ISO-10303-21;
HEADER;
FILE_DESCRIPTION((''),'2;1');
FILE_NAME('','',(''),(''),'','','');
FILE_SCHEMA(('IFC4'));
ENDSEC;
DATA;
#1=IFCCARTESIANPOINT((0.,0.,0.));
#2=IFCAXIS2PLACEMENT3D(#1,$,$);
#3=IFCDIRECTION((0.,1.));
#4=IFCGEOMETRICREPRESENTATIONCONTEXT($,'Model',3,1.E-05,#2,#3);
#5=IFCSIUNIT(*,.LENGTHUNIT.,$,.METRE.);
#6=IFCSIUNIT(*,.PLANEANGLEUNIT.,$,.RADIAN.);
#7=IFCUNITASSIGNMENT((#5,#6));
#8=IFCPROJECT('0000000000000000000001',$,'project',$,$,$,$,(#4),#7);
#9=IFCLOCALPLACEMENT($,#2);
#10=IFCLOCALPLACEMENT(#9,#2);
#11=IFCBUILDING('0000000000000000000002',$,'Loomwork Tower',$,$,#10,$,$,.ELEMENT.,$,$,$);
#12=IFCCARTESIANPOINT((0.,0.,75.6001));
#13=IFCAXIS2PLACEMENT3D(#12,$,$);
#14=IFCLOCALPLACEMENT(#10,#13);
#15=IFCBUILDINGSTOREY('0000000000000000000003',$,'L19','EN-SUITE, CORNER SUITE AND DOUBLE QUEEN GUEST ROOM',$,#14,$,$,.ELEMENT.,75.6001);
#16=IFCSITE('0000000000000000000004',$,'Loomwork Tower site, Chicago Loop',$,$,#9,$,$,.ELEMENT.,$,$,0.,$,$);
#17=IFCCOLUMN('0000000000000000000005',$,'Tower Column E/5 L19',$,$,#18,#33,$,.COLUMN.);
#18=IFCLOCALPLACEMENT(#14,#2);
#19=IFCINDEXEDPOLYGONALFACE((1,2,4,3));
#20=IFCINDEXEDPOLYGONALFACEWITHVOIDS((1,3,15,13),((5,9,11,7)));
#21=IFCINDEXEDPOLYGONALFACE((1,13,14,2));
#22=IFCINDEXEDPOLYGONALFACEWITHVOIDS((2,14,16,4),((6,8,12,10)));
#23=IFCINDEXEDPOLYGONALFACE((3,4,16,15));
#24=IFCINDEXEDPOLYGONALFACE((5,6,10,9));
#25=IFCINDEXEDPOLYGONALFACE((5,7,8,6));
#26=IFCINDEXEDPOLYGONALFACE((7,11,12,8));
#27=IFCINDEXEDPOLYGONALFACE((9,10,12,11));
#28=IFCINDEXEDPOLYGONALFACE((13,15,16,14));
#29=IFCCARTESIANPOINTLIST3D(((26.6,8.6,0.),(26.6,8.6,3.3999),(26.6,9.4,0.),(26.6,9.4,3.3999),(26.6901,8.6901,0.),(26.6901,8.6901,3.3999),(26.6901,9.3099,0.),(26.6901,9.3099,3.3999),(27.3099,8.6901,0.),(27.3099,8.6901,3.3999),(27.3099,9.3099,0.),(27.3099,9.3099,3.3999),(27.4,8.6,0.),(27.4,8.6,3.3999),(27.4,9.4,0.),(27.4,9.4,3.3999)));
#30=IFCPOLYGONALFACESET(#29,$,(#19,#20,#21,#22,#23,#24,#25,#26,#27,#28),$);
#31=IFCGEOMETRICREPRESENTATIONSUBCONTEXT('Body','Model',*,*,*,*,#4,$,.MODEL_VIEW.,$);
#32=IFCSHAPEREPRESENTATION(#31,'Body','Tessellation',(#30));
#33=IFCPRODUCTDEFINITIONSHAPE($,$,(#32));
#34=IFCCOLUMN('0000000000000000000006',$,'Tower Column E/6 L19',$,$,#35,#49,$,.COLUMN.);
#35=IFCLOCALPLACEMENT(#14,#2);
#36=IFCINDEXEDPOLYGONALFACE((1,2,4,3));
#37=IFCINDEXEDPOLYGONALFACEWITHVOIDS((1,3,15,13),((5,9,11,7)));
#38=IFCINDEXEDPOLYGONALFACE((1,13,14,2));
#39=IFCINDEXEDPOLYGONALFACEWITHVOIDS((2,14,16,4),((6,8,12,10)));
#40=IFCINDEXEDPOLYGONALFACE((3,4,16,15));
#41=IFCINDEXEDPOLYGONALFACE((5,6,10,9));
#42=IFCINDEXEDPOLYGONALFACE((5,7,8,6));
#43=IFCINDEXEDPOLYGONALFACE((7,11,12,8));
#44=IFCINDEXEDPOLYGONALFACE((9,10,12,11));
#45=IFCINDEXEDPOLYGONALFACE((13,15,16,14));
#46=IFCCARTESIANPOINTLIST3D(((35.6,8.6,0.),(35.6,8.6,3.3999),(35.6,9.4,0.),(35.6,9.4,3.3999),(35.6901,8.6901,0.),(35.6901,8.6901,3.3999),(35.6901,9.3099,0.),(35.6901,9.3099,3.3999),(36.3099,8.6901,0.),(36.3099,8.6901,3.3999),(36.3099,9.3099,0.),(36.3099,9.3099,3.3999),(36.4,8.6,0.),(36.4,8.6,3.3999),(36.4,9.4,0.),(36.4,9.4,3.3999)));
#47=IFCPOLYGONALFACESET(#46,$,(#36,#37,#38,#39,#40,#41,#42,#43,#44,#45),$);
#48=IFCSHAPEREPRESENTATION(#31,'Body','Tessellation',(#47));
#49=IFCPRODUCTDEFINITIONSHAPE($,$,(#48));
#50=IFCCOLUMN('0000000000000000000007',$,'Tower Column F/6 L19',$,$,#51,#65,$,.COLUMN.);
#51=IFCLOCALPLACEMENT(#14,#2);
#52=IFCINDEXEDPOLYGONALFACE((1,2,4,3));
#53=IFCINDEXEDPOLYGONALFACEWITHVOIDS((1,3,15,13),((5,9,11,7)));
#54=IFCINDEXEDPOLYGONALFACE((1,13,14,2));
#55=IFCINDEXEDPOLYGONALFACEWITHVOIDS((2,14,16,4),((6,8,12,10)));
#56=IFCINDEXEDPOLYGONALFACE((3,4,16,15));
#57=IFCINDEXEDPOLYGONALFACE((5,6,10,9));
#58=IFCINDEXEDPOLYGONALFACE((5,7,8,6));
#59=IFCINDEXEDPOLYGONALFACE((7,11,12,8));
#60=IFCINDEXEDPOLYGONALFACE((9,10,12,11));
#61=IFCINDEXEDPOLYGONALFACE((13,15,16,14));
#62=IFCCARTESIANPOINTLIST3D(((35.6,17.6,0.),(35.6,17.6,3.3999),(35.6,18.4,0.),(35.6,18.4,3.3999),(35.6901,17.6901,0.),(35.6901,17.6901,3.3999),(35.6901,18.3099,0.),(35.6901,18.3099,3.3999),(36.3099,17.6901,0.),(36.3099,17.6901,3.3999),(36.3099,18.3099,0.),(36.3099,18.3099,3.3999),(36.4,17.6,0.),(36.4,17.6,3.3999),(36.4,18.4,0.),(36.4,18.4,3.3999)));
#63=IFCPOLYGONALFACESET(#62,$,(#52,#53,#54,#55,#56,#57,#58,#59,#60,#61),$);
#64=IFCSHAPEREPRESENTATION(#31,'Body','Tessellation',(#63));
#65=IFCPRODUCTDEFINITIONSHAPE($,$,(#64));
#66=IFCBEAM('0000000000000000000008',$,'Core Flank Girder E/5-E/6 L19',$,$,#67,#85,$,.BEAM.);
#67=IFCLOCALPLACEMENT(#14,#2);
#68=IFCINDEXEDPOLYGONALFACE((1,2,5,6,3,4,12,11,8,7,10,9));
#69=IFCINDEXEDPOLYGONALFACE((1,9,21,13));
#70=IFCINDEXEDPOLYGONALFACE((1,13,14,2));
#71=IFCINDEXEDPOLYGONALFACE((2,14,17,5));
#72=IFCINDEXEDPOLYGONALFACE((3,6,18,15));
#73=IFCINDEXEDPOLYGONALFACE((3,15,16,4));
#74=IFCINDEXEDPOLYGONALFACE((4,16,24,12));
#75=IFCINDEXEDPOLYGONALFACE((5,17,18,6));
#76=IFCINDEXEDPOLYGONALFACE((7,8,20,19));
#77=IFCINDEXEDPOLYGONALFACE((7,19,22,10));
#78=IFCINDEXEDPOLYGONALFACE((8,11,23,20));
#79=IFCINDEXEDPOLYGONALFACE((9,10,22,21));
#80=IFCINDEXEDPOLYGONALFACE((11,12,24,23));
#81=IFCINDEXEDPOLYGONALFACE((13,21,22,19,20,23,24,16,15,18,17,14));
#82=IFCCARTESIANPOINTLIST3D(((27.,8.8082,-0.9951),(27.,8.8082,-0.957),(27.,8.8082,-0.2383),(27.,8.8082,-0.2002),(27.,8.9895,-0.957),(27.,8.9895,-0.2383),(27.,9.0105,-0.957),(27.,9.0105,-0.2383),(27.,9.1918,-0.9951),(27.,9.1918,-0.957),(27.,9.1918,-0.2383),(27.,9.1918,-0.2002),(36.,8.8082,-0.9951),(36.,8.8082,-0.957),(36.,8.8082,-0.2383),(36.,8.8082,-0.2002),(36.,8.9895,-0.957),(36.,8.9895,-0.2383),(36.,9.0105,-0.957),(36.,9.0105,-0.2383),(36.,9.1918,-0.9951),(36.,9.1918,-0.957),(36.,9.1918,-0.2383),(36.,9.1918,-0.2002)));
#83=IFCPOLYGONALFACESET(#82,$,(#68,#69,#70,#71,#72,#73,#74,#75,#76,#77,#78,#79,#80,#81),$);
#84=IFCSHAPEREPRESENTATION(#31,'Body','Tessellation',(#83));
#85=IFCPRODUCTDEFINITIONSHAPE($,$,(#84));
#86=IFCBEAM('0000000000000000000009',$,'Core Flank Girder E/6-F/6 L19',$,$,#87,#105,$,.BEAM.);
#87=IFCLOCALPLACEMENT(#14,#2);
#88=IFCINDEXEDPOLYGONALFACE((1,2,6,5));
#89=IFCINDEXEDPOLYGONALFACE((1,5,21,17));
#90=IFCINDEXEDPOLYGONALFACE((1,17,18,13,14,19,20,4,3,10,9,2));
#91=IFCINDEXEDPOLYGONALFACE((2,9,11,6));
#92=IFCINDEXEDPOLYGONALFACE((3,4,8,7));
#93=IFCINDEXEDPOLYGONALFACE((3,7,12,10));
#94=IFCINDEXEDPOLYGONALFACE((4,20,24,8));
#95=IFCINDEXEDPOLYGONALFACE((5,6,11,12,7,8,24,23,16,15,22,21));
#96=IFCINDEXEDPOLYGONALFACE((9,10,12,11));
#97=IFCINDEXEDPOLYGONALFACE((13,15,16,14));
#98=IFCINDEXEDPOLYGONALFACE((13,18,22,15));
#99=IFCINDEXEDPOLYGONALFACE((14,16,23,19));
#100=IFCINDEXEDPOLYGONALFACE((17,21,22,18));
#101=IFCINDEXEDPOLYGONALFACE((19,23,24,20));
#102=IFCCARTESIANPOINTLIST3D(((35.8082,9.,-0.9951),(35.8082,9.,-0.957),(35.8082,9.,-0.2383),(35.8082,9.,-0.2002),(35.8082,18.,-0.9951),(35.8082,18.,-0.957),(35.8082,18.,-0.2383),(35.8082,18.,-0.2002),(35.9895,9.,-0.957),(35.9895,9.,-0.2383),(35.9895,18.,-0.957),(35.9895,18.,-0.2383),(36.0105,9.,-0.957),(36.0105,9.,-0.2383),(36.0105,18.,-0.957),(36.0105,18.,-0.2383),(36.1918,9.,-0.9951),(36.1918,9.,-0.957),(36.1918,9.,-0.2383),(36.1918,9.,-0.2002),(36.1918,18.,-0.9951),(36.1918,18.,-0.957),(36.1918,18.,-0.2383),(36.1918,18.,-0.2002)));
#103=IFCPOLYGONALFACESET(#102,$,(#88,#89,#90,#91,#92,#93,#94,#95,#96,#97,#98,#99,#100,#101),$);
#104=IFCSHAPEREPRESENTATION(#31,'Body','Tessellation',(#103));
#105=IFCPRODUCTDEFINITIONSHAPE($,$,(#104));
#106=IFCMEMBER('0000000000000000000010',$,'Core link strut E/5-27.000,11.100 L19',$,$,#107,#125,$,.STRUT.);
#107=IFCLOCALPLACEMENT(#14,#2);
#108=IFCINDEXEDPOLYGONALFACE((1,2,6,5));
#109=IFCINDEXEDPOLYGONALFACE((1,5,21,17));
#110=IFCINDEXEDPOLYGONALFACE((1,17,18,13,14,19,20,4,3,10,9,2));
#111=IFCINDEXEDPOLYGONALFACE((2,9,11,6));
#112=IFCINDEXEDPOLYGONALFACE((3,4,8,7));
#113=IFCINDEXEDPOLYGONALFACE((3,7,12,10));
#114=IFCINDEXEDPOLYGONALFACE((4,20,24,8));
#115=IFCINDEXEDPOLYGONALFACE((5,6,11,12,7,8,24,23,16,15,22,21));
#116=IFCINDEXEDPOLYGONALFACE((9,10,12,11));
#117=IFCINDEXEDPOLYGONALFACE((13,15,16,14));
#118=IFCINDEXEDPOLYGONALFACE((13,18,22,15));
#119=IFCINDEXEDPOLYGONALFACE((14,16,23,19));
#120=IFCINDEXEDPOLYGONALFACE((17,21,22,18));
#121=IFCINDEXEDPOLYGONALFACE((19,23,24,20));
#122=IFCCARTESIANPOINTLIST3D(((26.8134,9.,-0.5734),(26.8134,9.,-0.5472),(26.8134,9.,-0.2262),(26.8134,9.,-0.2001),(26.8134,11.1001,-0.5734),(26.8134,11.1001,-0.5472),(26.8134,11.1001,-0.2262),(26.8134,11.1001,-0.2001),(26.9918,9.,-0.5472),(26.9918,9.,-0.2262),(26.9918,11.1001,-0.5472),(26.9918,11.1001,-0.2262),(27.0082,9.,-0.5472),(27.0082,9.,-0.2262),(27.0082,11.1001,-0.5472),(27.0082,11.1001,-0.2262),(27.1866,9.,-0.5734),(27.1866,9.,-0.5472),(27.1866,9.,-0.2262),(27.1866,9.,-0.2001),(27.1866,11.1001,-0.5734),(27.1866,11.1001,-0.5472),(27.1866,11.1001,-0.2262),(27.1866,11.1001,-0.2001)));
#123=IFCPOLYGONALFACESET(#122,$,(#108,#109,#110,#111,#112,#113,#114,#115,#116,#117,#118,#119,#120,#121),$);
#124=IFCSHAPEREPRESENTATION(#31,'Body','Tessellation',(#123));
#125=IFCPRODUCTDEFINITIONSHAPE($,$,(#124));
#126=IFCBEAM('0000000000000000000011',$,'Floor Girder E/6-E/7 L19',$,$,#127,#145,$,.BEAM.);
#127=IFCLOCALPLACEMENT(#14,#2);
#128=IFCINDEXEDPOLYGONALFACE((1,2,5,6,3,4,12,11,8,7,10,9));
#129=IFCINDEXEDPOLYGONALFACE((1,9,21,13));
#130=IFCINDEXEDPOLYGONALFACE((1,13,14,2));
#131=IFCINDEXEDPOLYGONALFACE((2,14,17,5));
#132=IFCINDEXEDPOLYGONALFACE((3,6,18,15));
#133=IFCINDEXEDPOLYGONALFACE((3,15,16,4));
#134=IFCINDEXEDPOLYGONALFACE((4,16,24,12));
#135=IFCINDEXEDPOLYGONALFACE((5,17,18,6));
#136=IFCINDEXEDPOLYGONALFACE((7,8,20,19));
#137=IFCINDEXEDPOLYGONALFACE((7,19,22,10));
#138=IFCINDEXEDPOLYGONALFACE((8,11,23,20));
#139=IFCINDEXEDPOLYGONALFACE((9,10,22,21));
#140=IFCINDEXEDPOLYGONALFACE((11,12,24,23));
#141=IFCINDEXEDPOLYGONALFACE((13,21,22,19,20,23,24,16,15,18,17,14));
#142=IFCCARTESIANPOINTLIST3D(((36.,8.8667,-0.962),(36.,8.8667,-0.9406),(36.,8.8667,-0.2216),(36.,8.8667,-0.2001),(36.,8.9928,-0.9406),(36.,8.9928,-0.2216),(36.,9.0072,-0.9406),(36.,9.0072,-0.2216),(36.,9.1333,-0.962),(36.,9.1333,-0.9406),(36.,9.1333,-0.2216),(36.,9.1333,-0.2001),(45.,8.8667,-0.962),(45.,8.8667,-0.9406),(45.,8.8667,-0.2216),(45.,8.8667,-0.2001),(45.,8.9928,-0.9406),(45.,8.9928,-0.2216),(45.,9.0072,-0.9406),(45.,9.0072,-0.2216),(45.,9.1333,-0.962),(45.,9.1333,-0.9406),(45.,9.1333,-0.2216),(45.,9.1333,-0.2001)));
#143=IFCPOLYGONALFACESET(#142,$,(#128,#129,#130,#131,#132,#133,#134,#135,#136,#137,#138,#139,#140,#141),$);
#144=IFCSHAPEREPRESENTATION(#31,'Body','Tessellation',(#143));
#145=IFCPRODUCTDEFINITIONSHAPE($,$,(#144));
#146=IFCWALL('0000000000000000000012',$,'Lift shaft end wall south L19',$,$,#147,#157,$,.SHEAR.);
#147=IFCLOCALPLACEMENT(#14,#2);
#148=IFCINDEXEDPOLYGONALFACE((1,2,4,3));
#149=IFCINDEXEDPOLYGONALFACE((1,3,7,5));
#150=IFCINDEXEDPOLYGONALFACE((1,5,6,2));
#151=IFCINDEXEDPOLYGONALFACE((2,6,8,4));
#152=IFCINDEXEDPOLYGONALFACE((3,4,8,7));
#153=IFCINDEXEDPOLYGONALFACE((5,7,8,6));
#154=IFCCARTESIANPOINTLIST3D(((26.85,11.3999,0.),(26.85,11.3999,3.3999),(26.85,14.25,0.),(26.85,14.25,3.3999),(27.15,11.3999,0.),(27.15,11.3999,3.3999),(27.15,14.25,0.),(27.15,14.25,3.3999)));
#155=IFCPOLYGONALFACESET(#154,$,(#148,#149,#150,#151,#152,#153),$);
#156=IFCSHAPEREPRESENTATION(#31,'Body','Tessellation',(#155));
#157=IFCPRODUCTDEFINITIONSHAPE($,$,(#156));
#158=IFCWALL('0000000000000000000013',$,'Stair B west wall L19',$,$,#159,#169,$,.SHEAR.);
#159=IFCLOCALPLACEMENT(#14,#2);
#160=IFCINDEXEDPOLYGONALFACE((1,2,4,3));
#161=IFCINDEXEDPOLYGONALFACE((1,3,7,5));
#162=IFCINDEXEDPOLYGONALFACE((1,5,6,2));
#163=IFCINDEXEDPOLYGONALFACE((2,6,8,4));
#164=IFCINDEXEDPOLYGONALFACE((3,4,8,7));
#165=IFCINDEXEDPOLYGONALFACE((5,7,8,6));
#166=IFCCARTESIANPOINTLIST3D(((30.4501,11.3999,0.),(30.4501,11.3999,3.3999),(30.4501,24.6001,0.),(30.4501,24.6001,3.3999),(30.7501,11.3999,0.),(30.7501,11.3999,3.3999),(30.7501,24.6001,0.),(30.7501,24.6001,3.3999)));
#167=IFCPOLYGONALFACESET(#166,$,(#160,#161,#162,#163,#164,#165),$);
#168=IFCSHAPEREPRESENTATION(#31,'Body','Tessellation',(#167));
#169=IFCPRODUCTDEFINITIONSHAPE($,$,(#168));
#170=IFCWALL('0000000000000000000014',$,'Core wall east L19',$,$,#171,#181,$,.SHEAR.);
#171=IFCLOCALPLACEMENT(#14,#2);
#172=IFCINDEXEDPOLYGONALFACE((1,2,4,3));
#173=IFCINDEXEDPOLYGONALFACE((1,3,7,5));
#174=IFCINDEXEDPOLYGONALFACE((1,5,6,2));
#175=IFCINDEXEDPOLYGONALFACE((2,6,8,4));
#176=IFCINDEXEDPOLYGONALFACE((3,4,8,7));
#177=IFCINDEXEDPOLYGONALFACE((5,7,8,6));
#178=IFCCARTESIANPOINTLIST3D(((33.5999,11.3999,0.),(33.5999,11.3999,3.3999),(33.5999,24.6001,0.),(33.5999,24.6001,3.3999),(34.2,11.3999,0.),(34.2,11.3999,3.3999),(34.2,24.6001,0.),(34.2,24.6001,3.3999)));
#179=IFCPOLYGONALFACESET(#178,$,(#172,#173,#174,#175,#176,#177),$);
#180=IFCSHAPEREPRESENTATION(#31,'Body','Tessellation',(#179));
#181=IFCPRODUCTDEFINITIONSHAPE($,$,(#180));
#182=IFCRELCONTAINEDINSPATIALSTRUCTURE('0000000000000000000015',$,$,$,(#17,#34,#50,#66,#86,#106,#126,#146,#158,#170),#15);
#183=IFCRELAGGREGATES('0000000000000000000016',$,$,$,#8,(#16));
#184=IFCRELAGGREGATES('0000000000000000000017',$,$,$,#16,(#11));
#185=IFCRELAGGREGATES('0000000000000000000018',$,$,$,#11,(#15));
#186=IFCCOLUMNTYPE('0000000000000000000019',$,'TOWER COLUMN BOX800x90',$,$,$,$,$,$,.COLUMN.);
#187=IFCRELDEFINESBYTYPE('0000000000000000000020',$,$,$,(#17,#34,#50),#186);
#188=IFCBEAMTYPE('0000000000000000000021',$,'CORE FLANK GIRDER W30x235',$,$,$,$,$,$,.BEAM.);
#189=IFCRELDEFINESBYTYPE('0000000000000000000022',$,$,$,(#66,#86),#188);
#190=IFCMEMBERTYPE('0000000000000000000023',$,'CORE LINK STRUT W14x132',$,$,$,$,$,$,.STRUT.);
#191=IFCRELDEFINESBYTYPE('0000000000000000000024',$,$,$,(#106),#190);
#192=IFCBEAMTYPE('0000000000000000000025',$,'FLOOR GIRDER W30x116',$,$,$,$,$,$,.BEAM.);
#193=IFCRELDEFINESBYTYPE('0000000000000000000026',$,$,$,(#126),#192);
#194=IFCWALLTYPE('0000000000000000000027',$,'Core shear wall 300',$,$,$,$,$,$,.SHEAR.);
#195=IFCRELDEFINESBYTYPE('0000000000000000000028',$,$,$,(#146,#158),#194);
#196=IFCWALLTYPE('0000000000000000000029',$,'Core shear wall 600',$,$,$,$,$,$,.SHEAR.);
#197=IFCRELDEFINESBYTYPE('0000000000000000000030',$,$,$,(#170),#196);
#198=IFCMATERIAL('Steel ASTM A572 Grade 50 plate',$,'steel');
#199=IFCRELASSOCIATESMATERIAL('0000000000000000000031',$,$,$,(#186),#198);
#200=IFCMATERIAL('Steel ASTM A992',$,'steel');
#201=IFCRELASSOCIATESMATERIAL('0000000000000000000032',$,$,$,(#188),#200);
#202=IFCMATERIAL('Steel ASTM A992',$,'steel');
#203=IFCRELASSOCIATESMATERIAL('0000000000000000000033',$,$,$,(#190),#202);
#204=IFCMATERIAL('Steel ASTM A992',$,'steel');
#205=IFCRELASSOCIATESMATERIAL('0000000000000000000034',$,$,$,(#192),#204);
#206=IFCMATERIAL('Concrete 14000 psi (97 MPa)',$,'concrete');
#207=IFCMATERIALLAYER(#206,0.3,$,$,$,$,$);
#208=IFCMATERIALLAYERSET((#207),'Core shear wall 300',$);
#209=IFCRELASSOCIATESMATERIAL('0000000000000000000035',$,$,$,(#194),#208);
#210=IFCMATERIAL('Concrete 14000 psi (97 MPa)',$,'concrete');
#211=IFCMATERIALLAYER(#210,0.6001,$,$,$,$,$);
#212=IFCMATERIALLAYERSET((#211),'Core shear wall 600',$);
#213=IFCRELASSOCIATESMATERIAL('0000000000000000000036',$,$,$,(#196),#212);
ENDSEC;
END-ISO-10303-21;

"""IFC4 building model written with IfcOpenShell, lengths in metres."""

from ifc_helpers import new_model, si_unit, direction, frame, frame_2d, origin, origin_2d, place, context, subcontext, project, spatial, rectangle, hollow_rectangle, i_section, extrude, material, layer, layer_set, material_profile, profile_set, type_object, element, save


model = new_model("IFC4")

# Units and contexts
model_context = context("Model", 3, precision=1e-05, world=origin(), true_north=direction((0.0, 1.0)))
body_context = subcontext(model_context, "Body", "Model", "MODEL_VIEW")
ifc_project = project(units=[si_unit("LENGTHUNIT", "METRE"), si_unit("PLANEANGLEUNIT", "RADIAN")], contexts=[model_context])

# Site, building, storey
site_placement = place(None, origin())
site = spatial("IfcSite", under=ifc_project, at=site_placement, Name="Loomwork Tower site, Chicago Loop", CompositionType="ELEMENT", RefElevation=0.0)
building_placement = place(site_placement, origin())
building = spatial("IfcBuilding", under=site, at=building_placement, Name="Loomwork Tower", CompositionType="ELEMENT")
storey_placement = place(building_placement, frame((0.0, 0.0, 75.6001)))
storey = spatial("IfcBuildingStorey", under=building, at=storey_placement, Name="L19", Description="EN-SUITE, CORNER SUITE AND DOUBLE QUEEN GUEST ROOM", CompositionType="ELEMENT", Elevation=75.6001)

# Columns
ifc_material_1 = material(Name="Steel ASTM A572 Grade 50 plate", Category="steel")
ifc_material_profile_1 = material_profile(ifc_material_1, hollow_rectangle(XDim=0.8, YDim=0.8, WallThickness=0.0901, at=origin_2d()), Name="BOX800x90")
ifc_profile_set_1 = profile_set([ifc_material_profile_1], Name="Steel ASTM A572 Grade 50 plate")
column_type = type_object("IfcColumnType", Name="TOWER COLUMN BOX800x90", PredefinedType="COLUMN", material=ifc_profile_set_1)
for number, where, z_axis, x_axis, name in (
    (1, (27.0, 9.0, 0.0), (0.0, 0.0, 1.0), (1.0, 0.0, 0.0), "Tower Column E/5 L19"),
    (2, (36.0, 9.0, 0.0), (0.0, 0.0, 1.0), (0.0, 1.0, 0.0), "Tower Column E/6 L19"),
    (3, (36.0, 18.0, 0.0), (0.0, 0.0, 1.0), (0.0, 1.0, 0.0), "Tower Column F/6 L19"),
):
    element("IfcColumn", number, at=place(storey_placement, frame(where, z_axis=z_axis, x_axis=x_axis)), inside=storey, type_object=column_type, Name=name, PredefinedType="COLUMN", context=body_context, shape_type="SweptSolid", body=[
        extrude(hollow_rectangle(XDim=0.8, YDim=0.8, WallThickness=0.0901, at=origin_2d()), origin(), (0.0, 0.0, 1.0), 3.3999),
    ])

# Beams
ifc_material_2 = material(Name="Steel ASTM A992", Category="steel")
ifc_material_profile_2 = material_profile(ifc_material_2, i_section(OverallWidth=0.3835, OverallDepth=0.7949, WebThickness=0.021, FlangeThickness=0.0381, at=origin_2d()), Name="W30x235")
ifc_profile_set_2 = profile_set([ifc_material_profile_2], Name="Steel ASTM A992")
beam_type_1 = type_object("IfcBeamType", Name="CORE FLANK GIRDER W30x235", PredefinedType="BEAM", material=ifc_profile_set_2)
for number, where, z_axis, x_axis, name in (
    (4, (27.0, 9.0, -0.5977), (1.0, 0.0, 0.0), (0.0, 1.0, 0.0), "Core Flank Girder E/5-E/6 L19"),
    (5, (36.0, 9.0, -0.5977), (0.0, 1.0, 0.0), (-1.0, 0.0, 0.0), "Core Flank Girder E/6-F/6 L19"),
):
    element("IfcBeam", number, at=place(storey_placement, frame(where, z_axis=z_axis, x_axis=x_axis)), inside=storey, type_object=beam_type_1, Name=name, PredefinedType="BEAM", context=body_context, shape_type="SweptSolid", body=[
        extrude(i_section(OverallWidth=0.3835, OverallDepth=0.7949, WebThickness=0.021, FlangeThickness=0.0381, at=origin_2d()), origin(), (0.0, 0.0, 1.0), 9.0),
    ])

# Member
ifc_material_3 = material(Name="Steel ASTM A992", Category="steel")
ifc_material_profile_3 = material_profile(ifc_material_3, i_section(OverallWidth=0.3733, OverallDepth=0.3733, WebThickness=0.0164, FlangeThickness=0.0261, at=origin_2d()), Name="W14x132")
ifc_profile_set_3 = profile_set([ifc_material_profile_3], Name="Steel ASTM A992")
member_type = type_object("IfcMemberType", Name="CORE LINK STRUT W14x132", PredefinedType="STRUT", material=ifc_profile_set_3)
member_placement = place(storey_placement, frame((27.0, 9.0, -0.3867), z_axis=(0.0, 1.0, 0.0), x_axis=(-1.0, 0.0, 0.0)))
element("IfcMember", 6, at=member_placement, inside=storey, type_object=member_type, Name="Core link strut E/5-27.000,11.100 L19", PredefinedType="STRUT", context=body_context, shape_type="SweptSolid", body=[
    extrude(i_section(OverallWidth=0.3733, OverallDepth=0.3733, WebThickness=0.0164, FlangeThickness=0.0261, at=origin_2d()), origin(), (0.0, 0.0, 1.0), 2.1001),
])

# Beam
ifc_material_4 = material(Name="Steel ASTM A992", Category="steel")
ifc_material_profile_4 = material_profile(ifc_material_4, i_section(OverallWidth=0.2666, OverallDepth=0.762, WebThickness=0.0144, FlangeThickness=0.0215, at=origin_2d()), Name="W30x116")
ifc_profile_set_4 = profile_set([ifc_material_profile_4], Name="Steel ASTM A992")
beam_type_2 = type_object("IfcBeamType", Name="FLOOR GIRDER W30x116", PredefinedType="BEAM", material=ifc_profile_set_4)
beam_placement = place(storey_placement, frame((36.0, 9.0, -0.5811), z_axis=(1.0, 0.0, 0.0), x_axis=(0.0, 1.0, 0.0)))
element("IfcBeam", 7, at=beam_placement, inside=storey, type_object=beam_type_2, Name="Floor Girder E/6-E/7 L19", PredefinedType="BEAM", context=body_context, shape_type="SweptSolid", body=[
    extrude(i_section(OverallWidth=0.2666, OverallDepth=0.762, WebThickness=0.0144, FlangeThickness=0.0215, at=origin_2d()), origin(), (0.0, 0.0, 1.0), 9.0),
])

# Walls
ifc_material_5 = material(Name="Concrete 14000 psi (97 MPa)", Category="concrete")
ifc_layer_1 = layer(ifc_material_5, 0.3)
ifc_layer_set_1 = layer_set([ifc_layer_1], Name="Core shear wall 300")
wall_type_1 = type_object("IfcWallType", Name="Core shear wall 300", PredefinedType="SHEAR", material=ifc_layer_set_1)
wall_1_placement = place(storey_placement, frame((27.0, 11.3999, 0.0), z_axis=(0.0, 0.0, 1.0), x_axis=(0.0, 1.0, 0.0)))
element("IfcWall", 8, at=wall_1_placement, inside=storey, type_object=wall_type_1, Name="Lift shaft end wall south L19", PredefinedType="SHEAR", context=body_context, shape_type="SweptSolid", body=[
    extrude(rectangle(XDim=2.8501, YDim=0.3, at=frame_2d((1.425, 0.0))), origin(), (0.0, 0.0, 1.0), 3.3999),
])
wall_2_placement = place(storey_placement, frame((30.6001, 11.3999, 0.0), z_axis=(0.0, 0.0, 1.0), x_axis=(0.0, 1.0, 0.0)))
element("IfcWall", 9, at=wall_2_placement, inside=storey, type_object=wall_type_1, Name="Stair B west wall L19", PredefinedType="SHEAR", context=body_context, shape_type="SweptSolid", body=[
    extrude(rectangle(XDim=13.2002, YDim=0.3, at=frame_2d((6.6001, 0.0))), origin(), (0.0, 0.0, 1.0), 3.3999),
])
ifc_material_6 = material(Name="Concrete 14000 psi (97 MPa)", Category="concrete")
ifc_layer_2 = layer(ifc_material_6, 0.6001)
ifc_layer_set_2 = layer_set([ifc_layer_2], Name="Core shear wall 600")
wall_type_2 = type_object("IfcWallType", Name="Core shear wall 600", PredefinedType="SHEAR", material=ifc_layer_set_2)
wall_3_placement = place(storey_placement, frame((33.8999, 11.3999, 0.0), z_axis=(0.0, 0.0, 1.0), x_axis=(0.0, 1.0, 0.0)))
element("IfcWall", 10, at=wall_3_placement, inside=storey, type_object=wall_type_2, Name="Core wall east L19", PredefinedType="SHEAR", context=body_context, shape_type="SweptSolid", body=[
    extrude(rectangle(XDim=13.2002, YDim=0.6001, at=frame_2d((6.6001, 0.0))), origin(), (0.0, 0.0, 1.0), 3.3999),
])

save(model, "model.ifc")
